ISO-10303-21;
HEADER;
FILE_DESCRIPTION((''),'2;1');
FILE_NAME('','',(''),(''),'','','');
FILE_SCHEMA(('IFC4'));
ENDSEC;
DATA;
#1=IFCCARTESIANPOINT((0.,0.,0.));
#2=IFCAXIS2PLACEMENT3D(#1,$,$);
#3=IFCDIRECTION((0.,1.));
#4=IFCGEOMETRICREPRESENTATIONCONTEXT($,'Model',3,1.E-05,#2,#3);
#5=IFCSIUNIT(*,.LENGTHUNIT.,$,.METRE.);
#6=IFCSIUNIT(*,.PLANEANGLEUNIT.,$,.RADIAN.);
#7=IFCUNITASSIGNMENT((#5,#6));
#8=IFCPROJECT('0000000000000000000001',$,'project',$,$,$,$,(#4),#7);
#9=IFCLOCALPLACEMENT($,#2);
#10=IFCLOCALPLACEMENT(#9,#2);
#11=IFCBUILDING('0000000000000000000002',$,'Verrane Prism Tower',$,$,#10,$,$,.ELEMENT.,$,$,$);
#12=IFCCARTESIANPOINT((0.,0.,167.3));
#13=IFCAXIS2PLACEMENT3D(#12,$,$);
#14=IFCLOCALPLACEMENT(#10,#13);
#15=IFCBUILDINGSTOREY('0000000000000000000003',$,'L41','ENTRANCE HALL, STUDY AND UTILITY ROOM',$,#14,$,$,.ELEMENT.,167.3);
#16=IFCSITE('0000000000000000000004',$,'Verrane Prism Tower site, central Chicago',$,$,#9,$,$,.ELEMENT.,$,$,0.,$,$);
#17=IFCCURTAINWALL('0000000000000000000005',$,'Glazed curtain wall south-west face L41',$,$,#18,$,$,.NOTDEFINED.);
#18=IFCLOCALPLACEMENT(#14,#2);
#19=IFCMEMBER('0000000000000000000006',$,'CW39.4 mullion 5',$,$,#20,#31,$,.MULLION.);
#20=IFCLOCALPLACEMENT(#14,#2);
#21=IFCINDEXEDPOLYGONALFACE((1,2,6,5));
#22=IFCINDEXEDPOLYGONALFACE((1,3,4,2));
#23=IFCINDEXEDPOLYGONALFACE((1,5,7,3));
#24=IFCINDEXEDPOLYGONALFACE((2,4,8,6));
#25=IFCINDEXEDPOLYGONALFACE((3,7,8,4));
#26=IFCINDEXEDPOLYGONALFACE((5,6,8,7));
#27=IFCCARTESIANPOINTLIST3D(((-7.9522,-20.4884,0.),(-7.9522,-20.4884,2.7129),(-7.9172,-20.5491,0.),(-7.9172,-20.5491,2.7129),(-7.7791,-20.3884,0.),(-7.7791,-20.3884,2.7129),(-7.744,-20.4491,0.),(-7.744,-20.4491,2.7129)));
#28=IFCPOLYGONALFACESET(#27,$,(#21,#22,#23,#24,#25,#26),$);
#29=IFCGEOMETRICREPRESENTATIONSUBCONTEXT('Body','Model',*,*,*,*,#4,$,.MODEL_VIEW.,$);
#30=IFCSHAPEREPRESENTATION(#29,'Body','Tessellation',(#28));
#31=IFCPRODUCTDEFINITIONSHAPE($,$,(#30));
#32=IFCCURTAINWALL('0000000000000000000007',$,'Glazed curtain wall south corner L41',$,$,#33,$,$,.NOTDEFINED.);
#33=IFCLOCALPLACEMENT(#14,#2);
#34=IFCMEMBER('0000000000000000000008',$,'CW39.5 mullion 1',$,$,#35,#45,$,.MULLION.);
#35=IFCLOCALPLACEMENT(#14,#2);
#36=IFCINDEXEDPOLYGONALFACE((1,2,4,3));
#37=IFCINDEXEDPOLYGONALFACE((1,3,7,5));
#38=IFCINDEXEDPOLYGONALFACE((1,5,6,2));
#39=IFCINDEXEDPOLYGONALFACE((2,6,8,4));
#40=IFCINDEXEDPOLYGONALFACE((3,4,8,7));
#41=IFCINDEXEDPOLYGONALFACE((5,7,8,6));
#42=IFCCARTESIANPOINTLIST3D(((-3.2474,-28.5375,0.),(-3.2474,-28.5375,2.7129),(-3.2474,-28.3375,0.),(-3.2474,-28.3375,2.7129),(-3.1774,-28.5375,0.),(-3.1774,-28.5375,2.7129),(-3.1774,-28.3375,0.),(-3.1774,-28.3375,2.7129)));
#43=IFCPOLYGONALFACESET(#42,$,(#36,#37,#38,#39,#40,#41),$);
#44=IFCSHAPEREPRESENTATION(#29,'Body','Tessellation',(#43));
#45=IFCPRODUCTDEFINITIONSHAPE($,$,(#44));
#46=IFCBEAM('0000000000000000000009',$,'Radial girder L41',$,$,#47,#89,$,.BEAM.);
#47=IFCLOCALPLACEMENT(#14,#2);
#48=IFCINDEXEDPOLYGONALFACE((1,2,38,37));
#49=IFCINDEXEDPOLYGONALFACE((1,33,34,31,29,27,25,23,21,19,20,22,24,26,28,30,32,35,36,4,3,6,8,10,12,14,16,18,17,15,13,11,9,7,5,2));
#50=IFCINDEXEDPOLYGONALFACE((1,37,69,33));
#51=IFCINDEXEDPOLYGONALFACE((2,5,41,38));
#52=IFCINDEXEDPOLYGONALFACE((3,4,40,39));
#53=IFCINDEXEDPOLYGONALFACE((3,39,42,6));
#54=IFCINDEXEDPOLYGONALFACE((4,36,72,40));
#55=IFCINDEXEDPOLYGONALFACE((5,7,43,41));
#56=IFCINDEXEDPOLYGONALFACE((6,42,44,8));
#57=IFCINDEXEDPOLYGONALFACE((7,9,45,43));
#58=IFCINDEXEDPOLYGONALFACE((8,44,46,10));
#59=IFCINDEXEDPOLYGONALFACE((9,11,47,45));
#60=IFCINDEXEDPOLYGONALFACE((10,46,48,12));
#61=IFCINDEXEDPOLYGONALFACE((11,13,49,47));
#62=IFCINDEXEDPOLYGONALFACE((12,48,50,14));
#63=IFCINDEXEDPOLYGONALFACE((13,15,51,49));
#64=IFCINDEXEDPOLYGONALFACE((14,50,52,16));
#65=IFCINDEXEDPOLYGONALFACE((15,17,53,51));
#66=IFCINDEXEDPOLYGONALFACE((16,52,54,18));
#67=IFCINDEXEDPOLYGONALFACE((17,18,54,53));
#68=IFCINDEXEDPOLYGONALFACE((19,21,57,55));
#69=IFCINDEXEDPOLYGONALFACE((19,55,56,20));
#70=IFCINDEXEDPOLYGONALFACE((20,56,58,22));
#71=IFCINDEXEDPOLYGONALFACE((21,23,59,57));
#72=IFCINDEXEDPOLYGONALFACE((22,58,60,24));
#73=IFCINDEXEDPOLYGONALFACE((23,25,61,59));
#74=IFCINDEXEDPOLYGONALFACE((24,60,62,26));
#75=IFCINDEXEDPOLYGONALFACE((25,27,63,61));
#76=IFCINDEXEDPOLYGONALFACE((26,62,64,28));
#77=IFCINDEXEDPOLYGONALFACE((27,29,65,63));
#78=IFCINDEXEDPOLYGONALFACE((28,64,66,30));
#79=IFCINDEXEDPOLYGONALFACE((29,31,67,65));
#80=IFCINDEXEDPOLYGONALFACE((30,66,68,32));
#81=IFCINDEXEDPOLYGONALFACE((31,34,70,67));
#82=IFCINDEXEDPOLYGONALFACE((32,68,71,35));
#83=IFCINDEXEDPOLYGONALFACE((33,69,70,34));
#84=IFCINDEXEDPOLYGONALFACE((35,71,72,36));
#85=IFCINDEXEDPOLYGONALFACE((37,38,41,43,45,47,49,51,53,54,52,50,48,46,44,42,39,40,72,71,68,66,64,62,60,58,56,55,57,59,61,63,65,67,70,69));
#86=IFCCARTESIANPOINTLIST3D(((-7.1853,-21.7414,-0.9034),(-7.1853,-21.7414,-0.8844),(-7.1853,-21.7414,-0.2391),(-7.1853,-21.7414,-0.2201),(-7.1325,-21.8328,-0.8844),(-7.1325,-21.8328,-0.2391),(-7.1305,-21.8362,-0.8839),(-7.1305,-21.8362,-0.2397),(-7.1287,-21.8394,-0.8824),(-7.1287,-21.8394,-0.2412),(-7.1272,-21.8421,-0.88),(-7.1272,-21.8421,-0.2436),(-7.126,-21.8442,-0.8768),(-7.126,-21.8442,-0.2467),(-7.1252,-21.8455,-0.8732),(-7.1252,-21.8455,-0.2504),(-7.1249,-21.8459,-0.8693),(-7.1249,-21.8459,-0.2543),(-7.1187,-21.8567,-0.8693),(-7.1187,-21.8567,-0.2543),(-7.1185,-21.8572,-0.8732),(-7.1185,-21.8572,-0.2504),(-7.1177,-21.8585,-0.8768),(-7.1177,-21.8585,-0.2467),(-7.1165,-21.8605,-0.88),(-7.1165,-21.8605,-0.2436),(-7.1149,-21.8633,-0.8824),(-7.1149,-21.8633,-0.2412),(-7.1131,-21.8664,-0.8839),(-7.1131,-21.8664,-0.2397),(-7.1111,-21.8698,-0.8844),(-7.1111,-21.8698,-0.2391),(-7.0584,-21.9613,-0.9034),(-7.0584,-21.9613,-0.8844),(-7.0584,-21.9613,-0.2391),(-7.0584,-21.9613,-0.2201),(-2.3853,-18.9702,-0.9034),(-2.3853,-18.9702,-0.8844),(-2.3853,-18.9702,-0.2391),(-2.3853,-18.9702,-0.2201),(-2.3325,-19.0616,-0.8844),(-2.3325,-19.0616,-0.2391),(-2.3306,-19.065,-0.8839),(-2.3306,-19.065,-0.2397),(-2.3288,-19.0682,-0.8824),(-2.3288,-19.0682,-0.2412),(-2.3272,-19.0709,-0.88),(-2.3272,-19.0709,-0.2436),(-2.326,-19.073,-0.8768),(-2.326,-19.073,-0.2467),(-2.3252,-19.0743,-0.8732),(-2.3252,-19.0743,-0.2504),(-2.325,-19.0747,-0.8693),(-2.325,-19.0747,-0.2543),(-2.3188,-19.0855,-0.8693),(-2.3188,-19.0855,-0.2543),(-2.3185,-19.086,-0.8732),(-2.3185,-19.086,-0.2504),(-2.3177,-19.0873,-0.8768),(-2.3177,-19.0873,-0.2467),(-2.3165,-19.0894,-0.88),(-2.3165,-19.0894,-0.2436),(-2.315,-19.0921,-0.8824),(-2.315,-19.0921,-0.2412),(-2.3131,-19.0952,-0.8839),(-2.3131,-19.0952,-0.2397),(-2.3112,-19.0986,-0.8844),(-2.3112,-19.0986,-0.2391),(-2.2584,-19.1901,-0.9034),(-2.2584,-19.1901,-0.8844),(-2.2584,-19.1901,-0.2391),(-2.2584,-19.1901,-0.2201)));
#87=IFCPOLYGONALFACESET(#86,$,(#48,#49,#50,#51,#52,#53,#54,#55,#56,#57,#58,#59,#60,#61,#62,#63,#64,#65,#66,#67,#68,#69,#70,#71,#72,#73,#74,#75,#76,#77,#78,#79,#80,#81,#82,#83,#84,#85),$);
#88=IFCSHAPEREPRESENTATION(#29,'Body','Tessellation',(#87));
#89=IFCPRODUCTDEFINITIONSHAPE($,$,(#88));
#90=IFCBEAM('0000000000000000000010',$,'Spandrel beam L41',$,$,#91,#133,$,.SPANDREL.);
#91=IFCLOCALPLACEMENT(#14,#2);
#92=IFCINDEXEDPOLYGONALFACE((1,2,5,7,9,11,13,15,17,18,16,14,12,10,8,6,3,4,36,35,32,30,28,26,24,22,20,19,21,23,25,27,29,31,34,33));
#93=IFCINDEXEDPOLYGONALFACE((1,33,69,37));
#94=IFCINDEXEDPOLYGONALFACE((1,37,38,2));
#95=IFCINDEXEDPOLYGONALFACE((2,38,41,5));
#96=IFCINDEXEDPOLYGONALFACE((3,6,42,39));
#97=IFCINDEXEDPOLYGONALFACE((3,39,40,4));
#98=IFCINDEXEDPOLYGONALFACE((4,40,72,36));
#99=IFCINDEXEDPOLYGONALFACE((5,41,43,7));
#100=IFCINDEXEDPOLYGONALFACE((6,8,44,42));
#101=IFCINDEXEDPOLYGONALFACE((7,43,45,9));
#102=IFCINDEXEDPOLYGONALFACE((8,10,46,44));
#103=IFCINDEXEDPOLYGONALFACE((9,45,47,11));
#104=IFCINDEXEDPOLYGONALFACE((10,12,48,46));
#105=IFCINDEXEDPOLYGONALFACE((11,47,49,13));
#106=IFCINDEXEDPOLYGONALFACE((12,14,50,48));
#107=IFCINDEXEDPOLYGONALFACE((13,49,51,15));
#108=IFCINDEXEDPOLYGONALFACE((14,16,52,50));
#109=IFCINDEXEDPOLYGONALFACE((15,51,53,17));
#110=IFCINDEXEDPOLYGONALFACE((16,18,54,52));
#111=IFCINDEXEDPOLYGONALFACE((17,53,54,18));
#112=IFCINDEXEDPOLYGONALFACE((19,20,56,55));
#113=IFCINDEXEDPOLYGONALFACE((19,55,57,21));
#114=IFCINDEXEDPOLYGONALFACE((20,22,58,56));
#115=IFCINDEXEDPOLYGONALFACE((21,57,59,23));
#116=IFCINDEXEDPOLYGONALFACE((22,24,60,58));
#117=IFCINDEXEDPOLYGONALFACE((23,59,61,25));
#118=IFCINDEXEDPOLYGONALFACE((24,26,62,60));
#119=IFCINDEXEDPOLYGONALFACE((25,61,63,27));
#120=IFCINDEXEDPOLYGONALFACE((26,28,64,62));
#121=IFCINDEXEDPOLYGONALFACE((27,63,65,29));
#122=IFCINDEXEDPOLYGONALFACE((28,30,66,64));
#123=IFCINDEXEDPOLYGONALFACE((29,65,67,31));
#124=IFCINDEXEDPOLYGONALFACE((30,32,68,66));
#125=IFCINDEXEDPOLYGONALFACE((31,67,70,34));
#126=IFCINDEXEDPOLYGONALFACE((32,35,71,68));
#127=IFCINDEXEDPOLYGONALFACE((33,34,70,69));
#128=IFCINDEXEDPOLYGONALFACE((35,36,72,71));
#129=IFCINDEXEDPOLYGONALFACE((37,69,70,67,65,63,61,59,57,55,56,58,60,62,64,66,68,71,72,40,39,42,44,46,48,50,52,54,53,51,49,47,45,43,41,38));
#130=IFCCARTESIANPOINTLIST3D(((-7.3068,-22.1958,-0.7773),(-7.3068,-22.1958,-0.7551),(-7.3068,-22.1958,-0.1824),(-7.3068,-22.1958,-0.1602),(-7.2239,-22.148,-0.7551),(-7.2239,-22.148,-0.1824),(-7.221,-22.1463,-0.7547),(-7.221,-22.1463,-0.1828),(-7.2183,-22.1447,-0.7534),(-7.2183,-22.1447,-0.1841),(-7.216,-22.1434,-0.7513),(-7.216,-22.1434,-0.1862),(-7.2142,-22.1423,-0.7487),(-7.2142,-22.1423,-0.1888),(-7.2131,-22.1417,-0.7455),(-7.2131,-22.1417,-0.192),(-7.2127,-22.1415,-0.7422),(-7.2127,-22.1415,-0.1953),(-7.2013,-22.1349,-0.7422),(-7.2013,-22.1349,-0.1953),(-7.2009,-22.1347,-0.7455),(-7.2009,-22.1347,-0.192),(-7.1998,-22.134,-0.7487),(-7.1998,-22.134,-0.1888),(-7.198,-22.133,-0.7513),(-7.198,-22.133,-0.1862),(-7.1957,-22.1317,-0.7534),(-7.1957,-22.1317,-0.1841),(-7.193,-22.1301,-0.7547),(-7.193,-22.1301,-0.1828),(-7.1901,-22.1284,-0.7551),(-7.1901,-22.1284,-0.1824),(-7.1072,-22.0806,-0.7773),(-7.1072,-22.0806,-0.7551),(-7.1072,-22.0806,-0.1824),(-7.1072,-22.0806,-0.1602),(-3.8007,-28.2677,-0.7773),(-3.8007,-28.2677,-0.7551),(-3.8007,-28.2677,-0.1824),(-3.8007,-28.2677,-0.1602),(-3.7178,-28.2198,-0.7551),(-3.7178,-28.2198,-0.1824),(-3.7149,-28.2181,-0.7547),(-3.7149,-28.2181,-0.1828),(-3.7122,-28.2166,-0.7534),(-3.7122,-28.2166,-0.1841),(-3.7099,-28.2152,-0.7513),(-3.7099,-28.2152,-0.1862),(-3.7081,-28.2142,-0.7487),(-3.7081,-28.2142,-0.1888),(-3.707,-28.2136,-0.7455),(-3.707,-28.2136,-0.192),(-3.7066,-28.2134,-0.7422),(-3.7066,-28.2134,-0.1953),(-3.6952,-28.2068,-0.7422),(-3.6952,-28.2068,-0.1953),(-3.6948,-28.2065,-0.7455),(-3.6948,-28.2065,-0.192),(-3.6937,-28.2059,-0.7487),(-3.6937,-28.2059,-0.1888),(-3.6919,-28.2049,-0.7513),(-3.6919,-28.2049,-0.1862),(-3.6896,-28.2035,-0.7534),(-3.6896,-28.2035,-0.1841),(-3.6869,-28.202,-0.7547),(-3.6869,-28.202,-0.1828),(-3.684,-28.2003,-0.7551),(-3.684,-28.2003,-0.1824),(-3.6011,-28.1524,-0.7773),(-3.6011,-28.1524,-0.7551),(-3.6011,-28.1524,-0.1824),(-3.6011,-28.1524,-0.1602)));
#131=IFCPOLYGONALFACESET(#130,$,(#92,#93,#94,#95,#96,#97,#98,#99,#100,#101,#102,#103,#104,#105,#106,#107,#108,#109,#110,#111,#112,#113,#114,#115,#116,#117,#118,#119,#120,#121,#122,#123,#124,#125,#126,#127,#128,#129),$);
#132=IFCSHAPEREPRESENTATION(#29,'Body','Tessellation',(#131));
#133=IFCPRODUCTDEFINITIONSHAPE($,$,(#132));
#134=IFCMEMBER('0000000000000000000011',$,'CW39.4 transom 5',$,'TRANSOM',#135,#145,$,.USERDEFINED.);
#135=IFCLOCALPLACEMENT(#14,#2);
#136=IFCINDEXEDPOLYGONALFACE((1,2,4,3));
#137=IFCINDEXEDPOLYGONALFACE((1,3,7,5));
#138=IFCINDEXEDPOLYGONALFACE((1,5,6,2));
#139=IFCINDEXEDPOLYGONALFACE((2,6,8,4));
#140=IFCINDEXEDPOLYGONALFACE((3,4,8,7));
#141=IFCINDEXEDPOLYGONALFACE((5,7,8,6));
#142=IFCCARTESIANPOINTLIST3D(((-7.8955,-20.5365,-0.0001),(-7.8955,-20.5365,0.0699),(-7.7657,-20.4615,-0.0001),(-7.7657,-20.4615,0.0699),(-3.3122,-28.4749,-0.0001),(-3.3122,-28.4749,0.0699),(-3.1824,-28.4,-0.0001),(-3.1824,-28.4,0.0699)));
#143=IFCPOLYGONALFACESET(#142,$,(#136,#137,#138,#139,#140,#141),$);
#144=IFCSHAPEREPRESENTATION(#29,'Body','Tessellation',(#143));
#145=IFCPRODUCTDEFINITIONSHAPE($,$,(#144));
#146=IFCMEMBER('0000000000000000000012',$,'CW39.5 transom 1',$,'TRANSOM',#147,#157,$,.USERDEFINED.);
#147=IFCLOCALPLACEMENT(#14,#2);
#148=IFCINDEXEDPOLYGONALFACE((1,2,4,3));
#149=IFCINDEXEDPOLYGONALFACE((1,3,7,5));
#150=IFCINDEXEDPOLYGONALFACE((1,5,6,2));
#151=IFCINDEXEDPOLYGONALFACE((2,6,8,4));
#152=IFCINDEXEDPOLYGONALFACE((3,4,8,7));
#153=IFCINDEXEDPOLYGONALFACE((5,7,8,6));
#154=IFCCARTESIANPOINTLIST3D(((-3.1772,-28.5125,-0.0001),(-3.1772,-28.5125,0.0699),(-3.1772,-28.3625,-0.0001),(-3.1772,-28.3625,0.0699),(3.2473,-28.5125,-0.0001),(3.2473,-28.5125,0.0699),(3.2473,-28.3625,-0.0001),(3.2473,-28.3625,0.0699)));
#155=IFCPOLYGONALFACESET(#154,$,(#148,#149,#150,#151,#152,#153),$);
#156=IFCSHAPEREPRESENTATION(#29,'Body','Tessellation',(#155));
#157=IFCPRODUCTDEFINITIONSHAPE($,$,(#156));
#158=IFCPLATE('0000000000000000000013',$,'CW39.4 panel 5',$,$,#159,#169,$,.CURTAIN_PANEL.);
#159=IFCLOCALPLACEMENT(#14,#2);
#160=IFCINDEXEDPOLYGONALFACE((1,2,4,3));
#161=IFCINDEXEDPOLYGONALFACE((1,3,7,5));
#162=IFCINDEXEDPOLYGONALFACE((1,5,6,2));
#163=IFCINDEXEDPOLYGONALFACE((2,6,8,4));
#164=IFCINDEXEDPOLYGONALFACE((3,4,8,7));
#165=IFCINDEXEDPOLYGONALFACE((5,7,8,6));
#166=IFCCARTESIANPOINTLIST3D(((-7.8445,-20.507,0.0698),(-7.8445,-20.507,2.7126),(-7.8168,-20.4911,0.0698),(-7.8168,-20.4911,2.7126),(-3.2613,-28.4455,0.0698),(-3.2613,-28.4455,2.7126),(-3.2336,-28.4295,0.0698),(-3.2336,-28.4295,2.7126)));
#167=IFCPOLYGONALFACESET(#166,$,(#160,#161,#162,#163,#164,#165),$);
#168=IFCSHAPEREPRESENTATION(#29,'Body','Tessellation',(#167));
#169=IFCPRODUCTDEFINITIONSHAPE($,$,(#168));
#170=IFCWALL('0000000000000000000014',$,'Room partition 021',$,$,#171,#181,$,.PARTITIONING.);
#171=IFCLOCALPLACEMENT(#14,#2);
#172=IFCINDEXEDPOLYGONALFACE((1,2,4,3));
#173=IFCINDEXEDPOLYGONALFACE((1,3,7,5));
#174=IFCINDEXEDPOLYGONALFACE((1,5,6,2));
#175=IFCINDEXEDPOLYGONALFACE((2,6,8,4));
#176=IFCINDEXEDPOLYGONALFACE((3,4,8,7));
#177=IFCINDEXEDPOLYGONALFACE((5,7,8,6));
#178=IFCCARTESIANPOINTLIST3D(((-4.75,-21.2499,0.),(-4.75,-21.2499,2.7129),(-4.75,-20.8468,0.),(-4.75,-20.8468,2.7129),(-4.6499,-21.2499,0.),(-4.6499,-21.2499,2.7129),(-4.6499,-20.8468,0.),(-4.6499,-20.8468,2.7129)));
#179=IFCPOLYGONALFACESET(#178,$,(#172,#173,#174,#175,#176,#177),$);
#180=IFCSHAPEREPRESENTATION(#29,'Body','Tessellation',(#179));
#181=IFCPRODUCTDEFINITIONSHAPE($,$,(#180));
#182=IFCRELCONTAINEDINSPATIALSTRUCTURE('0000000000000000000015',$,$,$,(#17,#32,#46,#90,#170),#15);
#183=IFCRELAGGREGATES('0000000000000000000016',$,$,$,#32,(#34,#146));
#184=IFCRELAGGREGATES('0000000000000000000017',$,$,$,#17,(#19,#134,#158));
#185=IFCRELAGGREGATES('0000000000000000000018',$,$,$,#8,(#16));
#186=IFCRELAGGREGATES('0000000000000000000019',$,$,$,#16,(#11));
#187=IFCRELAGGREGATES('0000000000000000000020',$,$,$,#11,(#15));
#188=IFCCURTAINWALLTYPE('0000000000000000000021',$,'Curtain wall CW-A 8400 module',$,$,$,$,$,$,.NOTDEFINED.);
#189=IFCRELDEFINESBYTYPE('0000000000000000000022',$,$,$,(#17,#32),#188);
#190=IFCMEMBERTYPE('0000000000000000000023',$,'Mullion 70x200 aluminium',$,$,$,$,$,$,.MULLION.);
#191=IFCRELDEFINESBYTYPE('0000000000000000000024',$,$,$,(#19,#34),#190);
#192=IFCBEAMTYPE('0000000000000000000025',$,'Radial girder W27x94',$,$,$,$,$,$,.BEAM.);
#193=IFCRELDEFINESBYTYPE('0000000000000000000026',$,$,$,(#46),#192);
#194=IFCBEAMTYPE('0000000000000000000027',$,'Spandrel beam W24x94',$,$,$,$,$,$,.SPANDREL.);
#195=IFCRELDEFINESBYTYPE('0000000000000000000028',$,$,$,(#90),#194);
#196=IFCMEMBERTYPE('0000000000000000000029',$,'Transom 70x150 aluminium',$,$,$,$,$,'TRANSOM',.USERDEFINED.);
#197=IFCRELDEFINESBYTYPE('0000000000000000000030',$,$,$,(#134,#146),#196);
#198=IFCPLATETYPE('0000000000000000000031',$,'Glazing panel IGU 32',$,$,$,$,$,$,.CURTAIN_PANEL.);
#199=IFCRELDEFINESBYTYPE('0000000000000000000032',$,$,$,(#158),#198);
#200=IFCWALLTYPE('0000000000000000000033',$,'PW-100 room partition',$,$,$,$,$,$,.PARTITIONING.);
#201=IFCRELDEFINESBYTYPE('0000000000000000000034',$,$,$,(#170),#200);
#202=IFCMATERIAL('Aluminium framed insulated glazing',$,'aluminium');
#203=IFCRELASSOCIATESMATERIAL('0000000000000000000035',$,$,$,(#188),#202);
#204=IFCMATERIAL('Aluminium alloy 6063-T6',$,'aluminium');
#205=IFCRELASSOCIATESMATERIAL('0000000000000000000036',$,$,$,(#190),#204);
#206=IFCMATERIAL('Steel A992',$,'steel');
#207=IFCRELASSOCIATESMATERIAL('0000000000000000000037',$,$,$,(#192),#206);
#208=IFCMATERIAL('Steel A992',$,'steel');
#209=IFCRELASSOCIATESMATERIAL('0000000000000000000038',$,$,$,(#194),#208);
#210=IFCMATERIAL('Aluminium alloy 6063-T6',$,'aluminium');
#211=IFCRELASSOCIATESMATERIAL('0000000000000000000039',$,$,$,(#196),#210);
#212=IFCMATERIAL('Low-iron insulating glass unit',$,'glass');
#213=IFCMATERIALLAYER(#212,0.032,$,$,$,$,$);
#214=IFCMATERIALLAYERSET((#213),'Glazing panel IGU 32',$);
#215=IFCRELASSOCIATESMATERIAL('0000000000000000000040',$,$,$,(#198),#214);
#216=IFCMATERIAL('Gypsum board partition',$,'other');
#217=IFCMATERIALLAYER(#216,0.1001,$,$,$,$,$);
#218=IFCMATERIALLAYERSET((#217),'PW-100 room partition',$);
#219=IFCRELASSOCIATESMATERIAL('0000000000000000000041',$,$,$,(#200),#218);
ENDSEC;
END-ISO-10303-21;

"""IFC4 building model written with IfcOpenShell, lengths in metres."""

from ifc_helpers import new_model, si_unit, direction, frame, frame_2d, origin, origin_2d, place, context, subcontext, project, spatial, rectangle, i_section, extrude, material, layer, layer_set, material_profile, profile_set, type_object, element, aggregate, save


model = new_model("IFC4")

# Units and contexts
model_context = context("Model", 3, precision=1e-05, world=origin(), true_north=direction((0.0, 1.0)))
body_context = subcontext(model_context, "Body", "Model", "MODEL_VIEW")
ifc_project = project(units=[si_unit("LENGTHUNIT", "METRE"), si_unit("PLANEANGLEUNIT", "RADIAN")], contexts=[model_context])

# Site, building, storey
site_placement = place(None, origin())
site = spatial("IfcSite", under=ifc_project, at=site_placement, Name="Verrane Prism Tower site, central Chicago", CompositionType="ELEMENT", RefElevation=0.0)
building_placement = place(site_placement, origin())
building = spatial("IfcBuilding", under=site, at=building_placement, Name="Verrane Prism Tower", CompositionType="ELEMENT")
storey_placement = place(building_placement, frame((0.0, 0.0, 167.3)))
storey = spatial("IfcBuildingStorey", under=building, at=storey_placement, Name="L41", Description="ENTRANCE HALL, STUDY AND UTILITY ROOM", CompositionType="ELEMENT", Elevation=167.3)

# Curtain walls, members
ifc_material_1 = material(Name="Aluminium framed insulated glazing", Category="aluminium")
curtain_wall_type = type_object("IfcCurtainWallType", Name="Curtain wall CW-A 8400 module", PredefinedType="NOTDEFINED", material=ifc_material_1)
curtain_wall_1_placement = place(storey_placement, origin())
curtain_wall_1 = element("IfcCurtainWall", 1, at=curtain_wall_1_placement, inside=storey, type_object=curtain_wall_type, Name="Glazed curtain wall south-west face L41", PredefinedType="NOTDEFINED")
ifc_material_2 = material(Name="Aluminium alloy 6063-T6", Category="aluminium")
ifc_material_profile_1 = material_profile(ifc_material_2, rectangle(XDim=0.2, YDim=0.0701, at=origin_2d()), Name="Mullion 70x200 aluminium")
ifc_profile_set_1 = profile_set([ifc_material_profile_1], Name="Aluminium alloy 6063-T6")
member_type_1 = type_object("IfcMemberType", Name="Mullion 70x200 aluminium", PredefinedType="MULLION", material=ifc_profile_set_1)
member_1_placement = place(storey_placement, frame((-7.8481, -20.4688, 0.0), z_axis=(0.0, 0.0, 1.0), x_axis=(0.866026, 0.499999, 0.0)))
member_1 = element("IfcMember", 2, at=member_1_placement, type_object=member_type_1, Name="CW39.4 mullion 5", PredefinedType="MULLION", context=body_context, shape_type="SweptSolid", body=[
    extrude(rectangle(XDim=0.2, YDim=0.0701, at=origin_2d()), origin(), (0.0, 0.0, 1.0), 2.7129),
])
curtain_wall_2_placement = place(storey_placement, origin())
curtain_wall_2 = element("IfcCurtainWall", 3, at=curtain_wall_2_placement, inside=storey, type_object=curtain_wall_type, Name="Glazed curtain wall south corner L41", PredefinedType="NOTDEFINED")
member_2_placement = place(storey_placement, frame((-3.2124, -28.4375, 0.0), z_axis=(0.0, 0.0, 1.0), x_axis=(0.0, 1.0, 0.0)))
member_2 = element("IfcMember", 4, at=member_2_placement, type_object=member_type_1, Name="CW39.5 mullion 1", PredefinedType="MULLION", context=body_context, shape_type="SweptSolid", body=[
    extrude(rectangle(XDim=0.2, YDim=0.0701, at=origin_2d()), origin(), (0.0, 0.0, 1.0), 2.7129),
])

# Beams
ifc_material_3 = material(Name="Steel A992", Category="steel")
ifc_material_profile_2 = material_profile(ifc_material_3, i_section(OverallWidth=0.2539, OverallDepth=0.6833, WebThickness=0.0125, FlangeThickness=0.019, FilletRadius=0.0151, at=origin_2d()), Name="W27x94")
ifc_profile_set_2 = profile_set([ifc_material_profile_2], Name="Steel A992")
beam_type_1 = type_object("IfcBeamType", Name="Radial girder W27x94", PredefinedType="BEAM", material=ifc_profile_set_2)
beam_1_placement = place(storey_placement, frame((-7.1218, -21.8513, -0.5618), z_axis=(0.866031, 0.499991, 0.0), x_axis=(-0.499991, 0.866031, 0.0)))
element("IfcBeam", 5, at=beam_1_placement, inside=storey, type_object=beam_type_1, Name="Radial girder L41", PredefinedType="BEAM", context=body_context, shape_type="SweptSolid", body=[
    extrude(i_section(OverallWidth=0.2539, OverallDepth=0.6833, WebThickness=0.0125, FlangeThickness=0.019, FilletRadius=0.0151, at=origin_2d()), origin(), (0.0, 0.0, 1.0), 5.5425),
])
ifc_material_4 = material(Name="Steel A992", Category="steel")
ifc_material_profile_3 = material_profile(ifc_material_4, i_section(OverallWidth=0.2305, OverallDepth=0.6172, WebThickness=0.0132, FlangeThickness=0.0222, FilletRadius=0.0129, at=origin_2d()), Name="W24x94")
ifc_profile_set_3 = profile_set([ifc_material_profile_3], Name="Steel A992")
beam_type_2 = type_object("IfcBeamType", Name="Spandrel beam W24x94", PredefinedType="SPANDREL", material=ifc_profile_set_3)
beam_2_placement = place(storey_placement, frame((-7.207, -22.1382, -0.4688), z_axis=(0.50006, -0.865991, 0.0), x_axis=(0.865991, 0.50006, 0.0)))
element("IfcBeam", 6, at=beam_2_placement, inside=storey, type_object=beam_type_2, Name="Spandrel beam L41", PredefinedType="SPANDREL", context=body_context, shape_type="SweptSolid", body=[
    extrude(i_section(OverallWidth=0.2305, OverallDepth=0.6172, WebThickness=0.0132, FlangeThickness=0.0222, FilletRadius=0.0129, at=origin_2d()), origin(), (0.0, 0.0, 1.0), 7.0115),
])

# Members
ifc_material_5 = material(Name="Aluminium alloy 6063-T6", Category="aluminium")
ifc_material_profile_4 = material_profile(ifc_material_5, rectangle(XDim=0.1499, YDim=0.0701, at=origin_2d()), Name="Transom 70x150 aluminium")
ifc_profile_set_4 = profile_set([ifc_material_profile_4], Name="Aluminium alloy 6063-T6")
member_type_2 = type_object("IfcMemberType", Name="Transom 70x150 aluminium", ElementType="TRANSOM", PredefinedType="USERDEFINED", material=ifc_profile_set_4)
member_3_placement = place(storey_placement, frame((-7.8306, -20.499, 0.0349), z_axis=(0.499998, -0.866027, 0.0), x_axis=(0.866027, 0.499998, 0.0)))
member_3 = element("IfcMember", 7, at=member_3_placement, type_object=member_type_2, Name="CW39.4 transom 5", ObjectType="TRANSOM", PredefinedType="USERDEFINED", context=body_context, shape_type="SweptSolid", body=[
    extrude(rectangle(XDim=0.1499, YDim=0.0701, at=origin_2d()), origin(), (0.0, 0.0, 1.0), 9.1665),
])
member_4_placement = place(storey_placement, frame((-3.1772, -28.4375, 0.0349), z_axis=(1.0, 0.0, 0.0), x_axis=(0.0, 1.0, 0.0)))
member_4 = element("IfcMember", 8, at=member_4_placement, type_object=member_type_2, Name="CW39.5 transom 1", ObjectType="TRANSOM", PredefinedType="USERDEFINED", context=body_context, shape_type="SweptSolid", body=[
    extrude(rectangle(XDim=0.1499, YDim=0.0701, at=origin_2d()), origin(), (0.0, 0.0, 1.0), 6.4246),
])
aggregate(curtain_wall_2, [member_2, member_4])

# Plate
ifc_material_6 = material(Name="Low-iron insulating glass unit", Category="glass")
ifc_layer_1 = layer(ifc_material_6, 0.032)
ifc_layer_set_1 = layer_set([ifc_layer_1], Name="Glazing panel IGU 32")
plate_type = type_object("IfcPlateType", Name="Glazing panel IGU 32", PredefinedType="CURTAIN_PANEL", material=ifc_layer_set_1)
plate_placement = place(storey_placement, frame((-5.5391, -24.4683, 0.0698), z_axis=(0.0, 0.0, 1.0), x_axis=(0.499999, -0.866026, 0.0)))
plate = element("IfcPlate", 9, at=plate_placement, type_object=plate_type, Name="CW39.4 panel 5", PredefinedType="CURTAIN_PANEL", context=body_context, shape_type="SweptSolid", body=[
    extrude(rectangle(XDim=9.1665, YDim=0.032, at=origin_2d()), origin(), (0.0, 0.0, 1.0), 2.6428),
])
aggregate(curtain_wall_1, [member_1, member_3, plate])

# Wall
ifc_material_7 = material(Name="Gypsum board partition", Category="other")
ifc_layer_2 = layer(ifc_material_7, 0.1001)
ifc_layer_set_2 = layer_set([ifc_layer_2], Name="PW-100 room partition")
wall_type_1 = type_object("IfcWallType", Name="PW-100 room partition", PredefinedType="PARTITIONING", material=ifc_layer_set_2)
wall_1_placement = place(storey_placement, frame((-4.7, -21.25, 0.0), z_axis=(0.0, 0.0, 1.0), x_axis=(0.0, 1.0, 0.0)))
element("IfcWall", 10, at=wall_1_placement, inside=storey, type_object=wall_type_1, Name="Room partition 021", PredefinedType="PARTITIONING", context=body_context, shape_type="SweptSolid", body=[
    extrude(rectangle(XDim=0.4031, YDim=0.1001, at=frame_2d((0.2017, 0.0))), origin(), (0.0, 0.0, 1.0), 2.7129),
])

save(model, "model.ifc")
